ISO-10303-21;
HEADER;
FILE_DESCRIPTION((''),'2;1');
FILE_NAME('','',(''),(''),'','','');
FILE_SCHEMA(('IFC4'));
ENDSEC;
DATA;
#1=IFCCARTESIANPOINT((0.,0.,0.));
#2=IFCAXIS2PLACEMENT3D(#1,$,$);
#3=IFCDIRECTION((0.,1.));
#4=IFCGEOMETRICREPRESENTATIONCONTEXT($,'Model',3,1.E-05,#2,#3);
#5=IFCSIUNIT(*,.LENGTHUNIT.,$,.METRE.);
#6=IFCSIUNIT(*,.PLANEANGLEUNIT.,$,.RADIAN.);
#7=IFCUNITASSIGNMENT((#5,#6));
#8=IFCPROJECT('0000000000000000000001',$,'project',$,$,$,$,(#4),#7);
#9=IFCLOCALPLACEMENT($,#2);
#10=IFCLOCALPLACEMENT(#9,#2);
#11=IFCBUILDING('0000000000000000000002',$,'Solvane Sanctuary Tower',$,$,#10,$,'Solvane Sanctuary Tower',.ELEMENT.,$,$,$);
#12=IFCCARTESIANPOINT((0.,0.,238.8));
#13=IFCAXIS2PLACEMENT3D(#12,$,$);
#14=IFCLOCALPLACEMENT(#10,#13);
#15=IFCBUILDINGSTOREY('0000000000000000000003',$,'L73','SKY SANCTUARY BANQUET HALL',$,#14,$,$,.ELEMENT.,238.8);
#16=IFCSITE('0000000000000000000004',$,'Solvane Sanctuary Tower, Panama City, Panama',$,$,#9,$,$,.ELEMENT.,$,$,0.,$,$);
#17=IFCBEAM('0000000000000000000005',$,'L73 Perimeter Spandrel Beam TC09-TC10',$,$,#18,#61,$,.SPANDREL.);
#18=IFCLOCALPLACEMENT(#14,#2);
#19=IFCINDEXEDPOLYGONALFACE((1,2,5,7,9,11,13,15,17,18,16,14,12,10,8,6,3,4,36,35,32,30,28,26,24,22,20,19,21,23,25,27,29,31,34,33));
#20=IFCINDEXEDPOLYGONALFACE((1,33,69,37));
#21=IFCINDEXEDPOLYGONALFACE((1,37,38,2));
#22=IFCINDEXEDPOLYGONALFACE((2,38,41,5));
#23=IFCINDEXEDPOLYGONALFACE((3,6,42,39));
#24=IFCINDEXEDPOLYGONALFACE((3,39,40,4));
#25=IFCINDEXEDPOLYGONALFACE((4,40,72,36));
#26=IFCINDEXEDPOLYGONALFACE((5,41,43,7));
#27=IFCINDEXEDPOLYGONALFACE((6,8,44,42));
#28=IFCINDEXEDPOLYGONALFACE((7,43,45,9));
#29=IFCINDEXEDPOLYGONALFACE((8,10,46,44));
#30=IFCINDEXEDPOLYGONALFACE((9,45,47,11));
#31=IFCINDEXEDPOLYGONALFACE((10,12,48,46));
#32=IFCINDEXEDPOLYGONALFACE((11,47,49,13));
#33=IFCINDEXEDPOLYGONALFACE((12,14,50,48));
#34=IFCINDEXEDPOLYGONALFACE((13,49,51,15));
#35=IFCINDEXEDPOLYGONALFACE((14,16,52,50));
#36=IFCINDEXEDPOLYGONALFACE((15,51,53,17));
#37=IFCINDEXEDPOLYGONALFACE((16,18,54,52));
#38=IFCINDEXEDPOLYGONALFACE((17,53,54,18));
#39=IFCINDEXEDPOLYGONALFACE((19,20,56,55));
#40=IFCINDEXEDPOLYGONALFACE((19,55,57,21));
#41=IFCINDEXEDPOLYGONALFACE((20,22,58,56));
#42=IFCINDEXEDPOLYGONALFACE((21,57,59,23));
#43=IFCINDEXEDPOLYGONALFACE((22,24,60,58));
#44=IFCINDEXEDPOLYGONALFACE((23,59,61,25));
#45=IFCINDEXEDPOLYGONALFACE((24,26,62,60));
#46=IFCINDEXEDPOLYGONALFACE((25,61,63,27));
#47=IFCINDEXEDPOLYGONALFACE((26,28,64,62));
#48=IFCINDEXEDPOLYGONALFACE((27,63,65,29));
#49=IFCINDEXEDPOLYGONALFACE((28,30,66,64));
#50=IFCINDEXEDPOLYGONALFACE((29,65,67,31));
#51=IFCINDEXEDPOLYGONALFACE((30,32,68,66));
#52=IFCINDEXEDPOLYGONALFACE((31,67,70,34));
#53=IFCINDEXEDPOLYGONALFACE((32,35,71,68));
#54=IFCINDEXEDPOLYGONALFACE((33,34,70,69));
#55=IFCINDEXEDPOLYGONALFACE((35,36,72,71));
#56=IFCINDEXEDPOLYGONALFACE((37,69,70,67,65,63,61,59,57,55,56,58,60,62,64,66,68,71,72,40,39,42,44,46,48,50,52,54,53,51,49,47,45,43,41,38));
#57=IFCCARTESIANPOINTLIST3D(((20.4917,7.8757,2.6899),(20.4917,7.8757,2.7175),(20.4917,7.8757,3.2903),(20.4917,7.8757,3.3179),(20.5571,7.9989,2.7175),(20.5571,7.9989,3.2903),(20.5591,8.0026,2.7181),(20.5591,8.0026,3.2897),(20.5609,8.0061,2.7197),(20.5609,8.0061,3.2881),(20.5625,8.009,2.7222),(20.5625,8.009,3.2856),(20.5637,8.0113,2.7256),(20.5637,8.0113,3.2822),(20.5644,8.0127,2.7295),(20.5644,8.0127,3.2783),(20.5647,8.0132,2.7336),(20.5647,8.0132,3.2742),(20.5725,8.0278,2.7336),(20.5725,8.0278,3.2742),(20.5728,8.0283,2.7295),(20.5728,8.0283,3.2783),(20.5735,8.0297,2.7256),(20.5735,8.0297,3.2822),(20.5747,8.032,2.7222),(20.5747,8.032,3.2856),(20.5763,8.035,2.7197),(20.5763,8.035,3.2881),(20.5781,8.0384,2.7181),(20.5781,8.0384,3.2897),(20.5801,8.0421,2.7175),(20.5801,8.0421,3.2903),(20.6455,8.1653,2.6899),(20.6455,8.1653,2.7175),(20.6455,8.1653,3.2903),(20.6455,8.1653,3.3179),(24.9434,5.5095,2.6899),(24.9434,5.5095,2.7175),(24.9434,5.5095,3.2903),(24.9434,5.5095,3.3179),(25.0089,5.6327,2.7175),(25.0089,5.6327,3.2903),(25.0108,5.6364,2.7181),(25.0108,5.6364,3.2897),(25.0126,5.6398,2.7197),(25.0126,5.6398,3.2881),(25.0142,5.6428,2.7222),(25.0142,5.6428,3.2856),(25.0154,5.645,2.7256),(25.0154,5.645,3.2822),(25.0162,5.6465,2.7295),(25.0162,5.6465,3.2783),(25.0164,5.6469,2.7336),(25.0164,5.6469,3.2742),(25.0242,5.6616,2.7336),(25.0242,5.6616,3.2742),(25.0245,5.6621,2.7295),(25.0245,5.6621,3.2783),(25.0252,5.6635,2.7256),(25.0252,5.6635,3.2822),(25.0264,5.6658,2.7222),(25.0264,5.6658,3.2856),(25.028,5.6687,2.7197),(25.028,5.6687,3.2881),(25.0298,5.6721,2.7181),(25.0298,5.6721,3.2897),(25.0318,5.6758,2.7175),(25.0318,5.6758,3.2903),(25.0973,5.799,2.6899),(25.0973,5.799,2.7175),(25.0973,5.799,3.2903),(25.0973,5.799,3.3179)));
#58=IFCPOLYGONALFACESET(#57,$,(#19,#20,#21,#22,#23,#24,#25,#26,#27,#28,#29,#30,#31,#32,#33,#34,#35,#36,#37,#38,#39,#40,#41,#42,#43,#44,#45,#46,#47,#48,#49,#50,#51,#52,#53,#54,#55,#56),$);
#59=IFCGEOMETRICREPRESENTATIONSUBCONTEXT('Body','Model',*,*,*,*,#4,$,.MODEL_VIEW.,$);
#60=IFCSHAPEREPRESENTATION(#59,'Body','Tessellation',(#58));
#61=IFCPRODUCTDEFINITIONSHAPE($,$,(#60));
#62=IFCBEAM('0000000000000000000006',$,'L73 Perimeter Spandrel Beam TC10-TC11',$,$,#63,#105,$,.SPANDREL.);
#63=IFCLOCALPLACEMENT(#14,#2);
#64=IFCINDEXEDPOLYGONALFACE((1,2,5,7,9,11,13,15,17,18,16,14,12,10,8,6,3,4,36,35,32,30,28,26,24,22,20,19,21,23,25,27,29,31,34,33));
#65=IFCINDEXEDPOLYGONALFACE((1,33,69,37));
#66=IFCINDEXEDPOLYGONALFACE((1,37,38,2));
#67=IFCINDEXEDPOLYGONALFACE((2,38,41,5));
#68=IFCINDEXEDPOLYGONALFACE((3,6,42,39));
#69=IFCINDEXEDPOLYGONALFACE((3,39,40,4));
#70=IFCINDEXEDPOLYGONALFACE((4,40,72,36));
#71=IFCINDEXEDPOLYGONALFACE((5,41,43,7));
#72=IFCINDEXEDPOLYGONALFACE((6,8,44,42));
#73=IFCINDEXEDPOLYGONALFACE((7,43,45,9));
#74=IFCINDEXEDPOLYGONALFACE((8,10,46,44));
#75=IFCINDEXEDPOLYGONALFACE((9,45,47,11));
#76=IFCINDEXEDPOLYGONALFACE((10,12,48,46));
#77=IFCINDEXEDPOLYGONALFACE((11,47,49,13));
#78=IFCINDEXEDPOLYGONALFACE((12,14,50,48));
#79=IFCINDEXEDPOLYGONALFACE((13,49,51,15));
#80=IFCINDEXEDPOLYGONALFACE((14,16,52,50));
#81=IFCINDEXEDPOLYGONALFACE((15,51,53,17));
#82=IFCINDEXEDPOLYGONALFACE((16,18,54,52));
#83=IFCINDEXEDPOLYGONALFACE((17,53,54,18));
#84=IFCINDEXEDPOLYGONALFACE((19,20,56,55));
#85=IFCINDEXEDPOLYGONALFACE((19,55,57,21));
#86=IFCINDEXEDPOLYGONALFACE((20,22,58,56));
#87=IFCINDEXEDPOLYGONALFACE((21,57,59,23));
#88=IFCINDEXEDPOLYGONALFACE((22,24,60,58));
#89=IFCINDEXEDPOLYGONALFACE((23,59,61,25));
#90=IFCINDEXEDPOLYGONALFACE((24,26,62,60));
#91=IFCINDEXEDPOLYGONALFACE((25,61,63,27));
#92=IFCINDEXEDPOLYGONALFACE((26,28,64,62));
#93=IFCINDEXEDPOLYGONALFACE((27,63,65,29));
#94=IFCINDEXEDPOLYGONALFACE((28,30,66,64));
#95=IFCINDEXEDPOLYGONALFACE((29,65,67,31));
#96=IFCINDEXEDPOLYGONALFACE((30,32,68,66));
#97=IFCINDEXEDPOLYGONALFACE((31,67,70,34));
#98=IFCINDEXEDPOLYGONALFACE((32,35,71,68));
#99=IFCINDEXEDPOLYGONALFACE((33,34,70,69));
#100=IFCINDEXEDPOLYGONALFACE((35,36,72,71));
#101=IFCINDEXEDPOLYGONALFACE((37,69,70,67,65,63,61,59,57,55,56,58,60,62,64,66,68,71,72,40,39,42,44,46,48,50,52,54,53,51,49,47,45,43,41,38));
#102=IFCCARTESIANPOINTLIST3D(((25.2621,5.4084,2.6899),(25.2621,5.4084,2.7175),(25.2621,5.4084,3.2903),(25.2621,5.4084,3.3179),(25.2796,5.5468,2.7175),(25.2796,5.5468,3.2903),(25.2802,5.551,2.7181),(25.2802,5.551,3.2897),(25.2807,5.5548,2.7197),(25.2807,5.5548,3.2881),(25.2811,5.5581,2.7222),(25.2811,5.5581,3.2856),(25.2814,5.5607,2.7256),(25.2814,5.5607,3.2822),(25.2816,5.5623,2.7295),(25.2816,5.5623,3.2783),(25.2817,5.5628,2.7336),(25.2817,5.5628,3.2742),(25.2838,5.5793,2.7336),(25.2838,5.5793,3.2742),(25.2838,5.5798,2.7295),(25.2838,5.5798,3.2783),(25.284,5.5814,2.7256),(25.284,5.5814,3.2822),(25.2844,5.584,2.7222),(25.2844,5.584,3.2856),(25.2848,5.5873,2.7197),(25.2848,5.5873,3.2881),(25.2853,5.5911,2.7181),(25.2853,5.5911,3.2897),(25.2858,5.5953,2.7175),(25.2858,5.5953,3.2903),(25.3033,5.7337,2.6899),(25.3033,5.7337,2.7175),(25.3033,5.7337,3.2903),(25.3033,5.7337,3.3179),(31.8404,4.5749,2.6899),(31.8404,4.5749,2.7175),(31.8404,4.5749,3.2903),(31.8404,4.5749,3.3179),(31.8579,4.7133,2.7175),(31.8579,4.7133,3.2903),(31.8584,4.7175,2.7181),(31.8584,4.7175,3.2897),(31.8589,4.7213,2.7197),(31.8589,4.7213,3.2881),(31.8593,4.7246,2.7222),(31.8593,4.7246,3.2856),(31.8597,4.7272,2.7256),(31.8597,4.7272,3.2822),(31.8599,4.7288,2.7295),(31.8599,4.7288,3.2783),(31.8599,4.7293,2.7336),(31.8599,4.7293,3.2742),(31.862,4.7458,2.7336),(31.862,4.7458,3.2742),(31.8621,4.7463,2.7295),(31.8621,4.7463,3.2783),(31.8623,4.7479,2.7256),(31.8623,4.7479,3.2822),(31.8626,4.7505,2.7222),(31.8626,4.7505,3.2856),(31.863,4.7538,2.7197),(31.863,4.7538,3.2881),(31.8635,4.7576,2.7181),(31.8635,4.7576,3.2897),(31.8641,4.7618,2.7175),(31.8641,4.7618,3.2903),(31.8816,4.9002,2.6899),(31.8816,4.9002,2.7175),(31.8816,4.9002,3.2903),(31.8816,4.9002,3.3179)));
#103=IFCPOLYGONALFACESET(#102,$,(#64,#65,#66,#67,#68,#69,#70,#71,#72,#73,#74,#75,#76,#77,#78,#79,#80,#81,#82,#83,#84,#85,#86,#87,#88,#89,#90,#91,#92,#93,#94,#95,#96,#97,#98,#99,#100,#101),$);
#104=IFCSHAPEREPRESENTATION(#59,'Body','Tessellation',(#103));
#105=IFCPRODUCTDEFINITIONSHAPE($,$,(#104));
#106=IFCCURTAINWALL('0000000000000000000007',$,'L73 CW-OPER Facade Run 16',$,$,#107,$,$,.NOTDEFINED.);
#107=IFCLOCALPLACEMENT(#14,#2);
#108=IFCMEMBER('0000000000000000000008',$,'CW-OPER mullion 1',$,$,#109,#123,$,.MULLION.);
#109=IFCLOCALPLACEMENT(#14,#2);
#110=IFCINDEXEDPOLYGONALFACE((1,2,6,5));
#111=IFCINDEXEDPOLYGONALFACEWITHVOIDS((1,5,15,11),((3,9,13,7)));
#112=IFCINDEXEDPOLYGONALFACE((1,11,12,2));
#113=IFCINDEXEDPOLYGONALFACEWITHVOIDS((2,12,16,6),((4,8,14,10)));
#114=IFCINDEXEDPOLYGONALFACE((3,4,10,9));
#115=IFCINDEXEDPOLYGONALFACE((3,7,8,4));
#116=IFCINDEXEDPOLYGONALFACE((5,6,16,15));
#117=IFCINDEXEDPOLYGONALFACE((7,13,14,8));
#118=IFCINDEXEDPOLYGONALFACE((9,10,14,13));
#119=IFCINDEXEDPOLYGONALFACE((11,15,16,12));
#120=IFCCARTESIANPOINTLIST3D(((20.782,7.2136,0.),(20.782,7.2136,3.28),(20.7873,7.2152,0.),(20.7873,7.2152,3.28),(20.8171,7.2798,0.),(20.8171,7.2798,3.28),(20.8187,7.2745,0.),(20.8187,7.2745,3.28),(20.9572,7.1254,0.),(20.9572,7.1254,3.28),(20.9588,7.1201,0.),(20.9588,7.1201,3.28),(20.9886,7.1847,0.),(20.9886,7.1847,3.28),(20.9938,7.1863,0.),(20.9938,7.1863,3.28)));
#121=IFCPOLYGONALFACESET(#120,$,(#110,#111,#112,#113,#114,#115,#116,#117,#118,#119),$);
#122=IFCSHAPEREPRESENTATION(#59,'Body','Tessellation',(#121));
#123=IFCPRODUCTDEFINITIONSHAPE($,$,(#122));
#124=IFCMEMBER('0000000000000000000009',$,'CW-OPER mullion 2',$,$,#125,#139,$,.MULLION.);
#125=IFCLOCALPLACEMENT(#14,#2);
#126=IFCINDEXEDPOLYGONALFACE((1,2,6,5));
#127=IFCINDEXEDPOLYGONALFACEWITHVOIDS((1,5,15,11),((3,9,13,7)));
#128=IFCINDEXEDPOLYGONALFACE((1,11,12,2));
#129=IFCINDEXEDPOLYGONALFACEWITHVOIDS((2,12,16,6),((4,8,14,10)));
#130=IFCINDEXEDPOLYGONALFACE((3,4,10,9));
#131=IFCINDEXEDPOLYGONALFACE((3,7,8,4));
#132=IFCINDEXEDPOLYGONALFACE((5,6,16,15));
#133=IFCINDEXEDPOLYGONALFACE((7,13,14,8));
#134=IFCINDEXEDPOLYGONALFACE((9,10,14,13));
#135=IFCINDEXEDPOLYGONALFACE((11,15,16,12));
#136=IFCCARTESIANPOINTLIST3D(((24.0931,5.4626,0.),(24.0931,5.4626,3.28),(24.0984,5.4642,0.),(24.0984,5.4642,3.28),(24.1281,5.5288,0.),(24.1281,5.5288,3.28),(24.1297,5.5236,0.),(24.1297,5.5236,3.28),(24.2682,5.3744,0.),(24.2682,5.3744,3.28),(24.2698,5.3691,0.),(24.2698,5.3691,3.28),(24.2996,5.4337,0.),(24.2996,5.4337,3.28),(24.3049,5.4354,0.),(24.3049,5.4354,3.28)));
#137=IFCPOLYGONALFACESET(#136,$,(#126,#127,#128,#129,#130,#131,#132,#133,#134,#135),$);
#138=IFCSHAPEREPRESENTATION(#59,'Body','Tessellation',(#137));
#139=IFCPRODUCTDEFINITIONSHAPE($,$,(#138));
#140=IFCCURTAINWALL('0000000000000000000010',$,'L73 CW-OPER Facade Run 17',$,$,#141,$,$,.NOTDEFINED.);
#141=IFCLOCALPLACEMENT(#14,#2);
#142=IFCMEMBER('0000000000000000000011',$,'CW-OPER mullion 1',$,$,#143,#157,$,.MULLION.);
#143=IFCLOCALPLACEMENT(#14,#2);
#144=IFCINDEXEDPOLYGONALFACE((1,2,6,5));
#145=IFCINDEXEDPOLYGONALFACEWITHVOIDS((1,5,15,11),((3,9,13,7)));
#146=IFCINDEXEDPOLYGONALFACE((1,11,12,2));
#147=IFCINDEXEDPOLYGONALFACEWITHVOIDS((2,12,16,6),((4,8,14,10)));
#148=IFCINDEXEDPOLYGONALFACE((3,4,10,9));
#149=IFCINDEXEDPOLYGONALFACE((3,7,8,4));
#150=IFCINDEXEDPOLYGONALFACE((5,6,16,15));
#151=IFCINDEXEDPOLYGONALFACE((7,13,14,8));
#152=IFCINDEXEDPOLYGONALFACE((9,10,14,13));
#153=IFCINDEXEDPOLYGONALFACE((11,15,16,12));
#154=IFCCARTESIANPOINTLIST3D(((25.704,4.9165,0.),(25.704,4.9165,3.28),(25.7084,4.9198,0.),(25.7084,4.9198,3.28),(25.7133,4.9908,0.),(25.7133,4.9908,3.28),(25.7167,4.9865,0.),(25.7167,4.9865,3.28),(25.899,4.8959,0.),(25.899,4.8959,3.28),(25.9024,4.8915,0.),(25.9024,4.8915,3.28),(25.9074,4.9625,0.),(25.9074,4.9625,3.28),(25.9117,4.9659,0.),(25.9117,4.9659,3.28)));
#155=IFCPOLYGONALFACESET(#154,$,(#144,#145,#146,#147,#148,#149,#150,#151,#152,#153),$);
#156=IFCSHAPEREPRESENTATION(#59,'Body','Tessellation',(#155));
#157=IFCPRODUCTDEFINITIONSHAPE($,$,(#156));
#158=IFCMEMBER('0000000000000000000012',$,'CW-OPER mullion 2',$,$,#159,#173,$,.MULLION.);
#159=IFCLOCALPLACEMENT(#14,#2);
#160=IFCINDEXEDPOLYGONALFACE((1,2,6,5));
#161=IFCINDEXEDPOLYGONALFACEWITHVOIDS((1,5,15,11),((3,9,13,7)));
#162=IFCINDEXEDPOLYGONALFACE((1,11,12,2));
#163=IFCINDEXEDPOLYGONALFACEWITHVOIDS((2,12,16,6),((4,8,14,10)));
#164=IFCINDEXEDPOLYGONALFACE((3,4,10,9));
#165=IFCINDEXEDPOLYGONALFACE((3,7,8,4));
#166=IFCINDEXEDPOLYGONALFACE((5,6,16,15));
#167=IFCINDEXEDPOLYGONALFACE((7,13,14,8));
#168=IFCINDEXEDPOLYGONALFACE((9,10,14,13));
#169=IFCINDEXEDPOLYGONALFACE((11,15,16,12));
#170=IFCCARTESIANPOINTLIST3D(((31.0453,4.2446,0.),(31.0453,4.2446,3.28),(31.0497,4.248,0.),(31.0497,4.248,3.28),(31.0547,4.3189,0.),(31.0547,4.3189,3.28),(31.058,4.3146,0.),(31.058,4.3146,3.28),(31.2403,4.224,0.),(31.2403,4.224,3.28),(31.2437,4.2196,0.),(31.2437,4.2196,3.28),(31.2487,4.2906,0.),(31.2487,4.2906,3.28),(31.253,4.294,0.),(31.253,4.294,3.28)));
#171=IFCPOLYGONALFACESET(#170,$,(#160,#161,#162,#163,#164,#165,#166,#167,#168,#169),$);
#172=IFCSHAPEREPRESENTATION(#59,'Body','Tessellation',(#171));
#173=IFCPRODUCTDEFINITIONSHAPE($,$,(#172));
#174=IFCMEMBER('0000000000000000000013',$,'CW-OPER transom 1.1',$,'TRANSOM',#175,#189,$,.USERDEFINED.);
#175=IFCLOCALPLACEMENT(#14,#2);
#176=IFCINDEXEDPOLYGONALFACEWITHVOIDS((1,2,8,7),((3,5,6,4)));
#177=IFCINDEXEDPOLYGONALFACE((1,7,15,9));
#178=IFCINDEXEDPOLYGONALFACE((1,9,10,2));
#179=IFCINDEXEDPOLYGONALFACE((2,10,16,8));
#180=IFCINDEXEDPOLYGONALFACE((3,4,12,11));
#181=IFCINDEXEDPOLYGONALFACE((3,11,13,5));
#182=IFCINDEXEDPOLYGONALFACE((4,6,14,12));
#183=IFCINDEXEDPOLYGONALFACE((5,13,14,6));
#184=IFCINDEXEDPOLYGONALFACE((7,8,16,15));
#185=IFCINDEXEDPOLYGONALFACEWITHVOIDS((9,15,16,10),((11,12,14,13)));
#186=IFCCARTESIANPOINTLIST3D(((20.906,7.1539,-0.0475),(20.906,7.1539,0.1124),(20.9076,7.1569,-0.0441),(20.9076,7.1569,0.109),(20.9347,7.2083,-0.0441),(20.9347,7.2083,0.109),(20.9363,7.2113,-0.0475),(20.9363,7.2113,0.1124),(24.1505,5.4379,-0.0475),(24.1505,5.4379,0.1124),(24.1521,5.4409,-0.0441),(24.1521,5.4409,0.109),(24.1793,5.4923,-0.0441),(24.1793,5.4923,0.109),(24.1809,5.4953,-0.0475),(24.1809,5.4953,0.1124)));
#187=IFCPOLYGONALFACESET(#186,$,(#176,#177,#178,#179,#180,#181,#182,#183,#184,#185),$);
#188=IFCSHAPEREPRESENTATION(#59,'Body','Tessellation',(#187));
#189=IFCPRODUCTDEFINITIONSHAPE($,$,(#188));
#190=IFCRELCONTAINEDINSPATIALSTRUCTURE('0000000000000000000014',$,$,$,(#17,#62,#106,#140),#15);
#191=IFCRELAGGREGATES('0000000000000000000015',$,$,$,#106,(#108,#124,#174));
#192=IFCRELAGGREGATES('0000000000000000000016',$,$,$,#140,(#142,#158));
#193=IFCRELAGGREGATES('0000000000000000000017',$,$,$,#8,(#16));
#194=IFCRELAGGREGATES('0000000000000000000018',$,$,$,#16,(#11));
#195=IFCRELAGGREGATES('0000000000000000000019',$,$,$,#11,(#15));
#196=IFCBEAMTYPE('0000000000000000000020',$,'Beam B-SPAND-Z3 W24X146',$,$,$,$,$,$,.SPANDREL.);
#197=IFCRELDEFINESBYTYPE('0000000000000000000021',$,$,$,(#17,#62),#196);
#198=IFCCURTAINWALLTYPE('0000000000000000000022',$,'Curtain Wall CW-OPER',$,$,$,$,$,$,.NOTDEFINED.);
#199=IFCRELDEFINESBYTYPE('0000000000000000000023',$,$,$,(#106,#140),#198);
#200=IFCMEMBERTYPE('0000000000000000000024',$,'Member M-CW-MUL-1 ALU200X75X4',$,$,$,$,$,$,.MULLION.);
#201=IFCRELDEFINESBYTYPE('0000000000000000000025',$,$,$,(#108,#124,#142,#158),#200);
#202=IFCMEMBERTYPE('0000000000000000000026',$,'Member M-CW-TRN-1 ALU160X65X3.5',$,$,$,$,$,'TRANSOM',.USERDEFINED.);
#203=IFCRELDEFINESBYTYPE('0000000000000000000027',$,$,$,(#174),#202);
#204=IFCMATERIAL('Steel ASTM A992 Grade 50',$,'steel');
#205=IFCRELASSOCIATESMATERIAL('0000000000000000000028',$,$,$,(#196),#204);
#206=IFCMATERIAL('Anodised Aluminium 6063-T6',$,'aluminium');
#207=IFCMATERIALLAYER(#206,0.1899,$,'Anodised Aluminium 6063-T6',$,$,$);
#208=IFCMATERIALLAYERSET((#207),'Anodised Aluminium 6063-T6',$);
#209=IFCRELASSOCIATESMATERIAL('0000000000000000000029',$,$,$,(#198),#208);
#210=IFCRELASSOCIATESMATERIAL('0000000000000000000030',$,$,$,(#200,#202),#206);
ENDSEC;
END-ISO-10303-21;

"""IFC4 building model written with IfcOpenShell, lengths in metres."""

from ifc_helpers import new_model, si_unit, direction, frame, origin, origin_2d, place, context, subcontext, project, spatial, hollow_rectangle, i_section, extrude, material, layer, layer_set, material_profile, profile_set, type_object, element, aggregate, save


model = new_model("IFC4")

# Units and contexts
model_context = context("Model", 3, precision=1e-05, world=origin(), true_north=direction((0.0, 1.0)))
body_context = subcontext(model_context, "Body", "Model", "MODEL_VIEW")
ifc_project = project(units=[si_unit("LENGTHUNIT", "METRE"), si_unit("PLANEANGLEUNIT", "RADIAN")], contexts=[model_context])

# Site, building, storey
site_placement = place(None, origin())
site = spatial("IfcSite", under=ifc_project, at=site_placement, Name="Solvane Sanctuary Tower, Panama City, Panama", CompositionType="ELEMENT", RefElevation=0.0)
building_placement = place(site_placement, origin())
building = spatial("IfcBuilding", under=site, at=building_placement, Name="Solvane Sanctuary Tower", LongName="Solvane Sanctuary Tower", CompositionType="ELEMENT")
storey_placement = place(building_placement, frame((0.0, 0.0, 238.8)))
storey = spatial("IfcBuildingStorey", under=building, at=storey_placement, Name="L73", Description="SKY SANCTUARY BANQUET HALL", CompositionType="ELEMENT", Elevation=238.8)

# Beams
ifc_material_1 = material(Name="Steel ASTM A992 Grade 50", Category="steel")
ifc_material_profile_1 = material_profile(ifc_material_1, i_section(OverallWidth=0.3279, OverallDepth=0.6279, WebThickness=0.0166, FlangeThickness=0.0276, FilletRadius=0.0161, at=origin_2d()), Name="W24X146")
ifc_profile_set_1 = profile_set([ifc_material_profile_1], Name="Steel ASTM A992 Grade 50")
beam_type_1 = type_object("IfcBeamType", Name="Beam B-SPAND-Z3 W24X146", PredefinedType="SPANDREL", material=ifc_profile_set_1)
beam_1_placement = place(storey_placement, frame((20.5686, 8.0205, 3.0039), z_axis=(0.883012, -0.469351, 0.0), x_axis=(0.469351, 0.883012, 0.0)))
element("IfcBeam", 1, at=beam_1_placement, inside=storey, type_object=beam_type_1, Name="L73 Perimeter Spandrel Beam TC09-TC10", PredefinedType="SPANDREL", context=body_context, shape_type="SweptSolid", body=[
    extrude(i_section(OverallWidth=0.3279, OverallDepth=0.6279, WebThickness=0.0166, FlangeThickness=0.0276, FilletRadius=0.0161, at=origin_2d()), origin(), (0.0, 0.0, 1.0), 5.0415),
])
beam_2_placement = place(storey_placement, frame((25.2827, 5.571, 3.0039), z_axis=(0.992069, -0.125698, 0.0), x_axis=(0.125698, 0.992069, 0.0)))
element("IfcBeam", 2, at=beam_2_placement, inside=storey, type_object=beam_type_1, Name="L73 Perimeter Spandrel Beam TC10-TC11", PredefinedType="SPANDREL", context=body_context, shape_type="SweptSolid", body=[
    extrude(i_section(OverallWidth=0.3279, OverallDepth=0.6279, WebThickness=0.0166, FlangeThickness=0.0276, FilletRadius=0.0161, at=origin_2d()), origin(), (0.0, 0.0, 1.0), 6.6309),
])

# Curtain walls, members
ifc_material_2 = material(Name="Anodised Aluminium 6063-T6", Category="aluminium")
ifc_layer_1 = layer(ifc_material_2, 0.1899, Name="Anodised Aluminium 6063-T6")
ifc_layer_set_1 = layer_set([ifc_layer_1], Name="Anodised Aluminium 6063-T6")
curtain_wall_type = type_object("IfcCurtainWallType", Name="Curtain Wall CW-OPER", PredefinedType="NOTDEFINED", material=ifc_layer_set_1)
curtain_wall_1_placement = place(storey_placement, origin())
curtain_wall_1 = element("IfcCurtainWall", 3, at=curtain_wall_1_placement, inside=storey, type_object=curtain_wall_type, Name="L73 CW-OPER Facade Run 16", PredefinedType="NOTDEFINED")
ifc_material_profile_2 = material_profile(ifc_material_2, hollow_rectangle(XDim=0.075, YDim=0.2, WallThickness=0.0039, at=origin_2d()), Name="ALU200X75X4")
ifc_profile_set_2 = profile_set([ifc_material_profile_2], Name="Anodised Aluminium 6063-T6")
member_type_1 = type_object("IfcMemberType", Name="Member M-CW-MUL-1 ALU200X75X4", PredefinedType="MULLION", material=ifc_profile_set_2)
member_1_placement = place(storey_placement, frame((20.8879, 7.2, 0.0), z_axis=(0.0, 0.0, 1.0), x_axis=(0.467523, 0.883981, 0.0)))
member_1 = element("IfcMember", 4, at=member_1_placement, type_object=member_type_1, Name="CW-OPER mullion 1", PredefinedType="MULLION", context=body_context, shape_type="SweptSolid", body=[
    extrude(hollow_rectangle(XDim=0.075, YDim=0.2, WallThickness=0.0039, at=origin_2d()), origin(), (0.0, 0.0, 1.0), 3.28),
])
member_2_placement = place(storey_placement, frame((24.199, 5.449, 0.0), z_axis=(0.0, 0.0, 1.0), x_axis=(0.467523, 0.883981, 0.0)))
member_2 = element("IfcMember", 5, at=member_2_placement, type_object=member_type_1, Name="CW-OPER mullion 2", PredefinedType="MULLION", context=body_context, shape_type="SweptSolid", body=[
    extrude(hollow_rectangle(XDim=0.075, YDim=0.2, WallThickness=0.0039, at=origin_2d()), origin(), (0.0, 0.0, 1.0), 3.28),
])
curtain_wall_2_placement = place(storey_placement, origin())
curtain_wall_2 = element("IfcCurtainWall", 6, at=curtain_wall_2_placement, inside=storey, type_object=curtain_wall_type, Name="L73 CW-OPER Facade Run 17", PredefinedType="NOTDEFINED")
member_3_placement = place(storey_placement, frame((25.8079, 4.9412, 0.0), z_axis=(0.0, 0.0, 1.0), x_axis=(0.124815, 0.99218, 0.0)))
member_3 = element("IfcMember", 7, at=member_3_placement, type_object=member_type_1, Name="CW-OPER mullion 1", PredefinedType="MULLION", context=body_context, shape_type="SweptSolid", body=[
    extrude(hollow_rectangle(XDim=0.075, YDim=0.2, WallThickness=0.0039, at=origin_2d()), origin(), (0.0, 0.0, 1.0), 3.28),
])
member_4_placement = place(storey_placement, frame((31.1492, 4.2693, 0.0), z_axis=(0.0, 0.0, 1.0), x_axis=(0.124815, 0.99218, 0.0)))
member_4 = element("IfcMember", 8, at=member_4_placement, type_object=member_type_1, Name="CW-OPER mullion 2", PredefinedType="MULLION", context=body_context, shape_type="SweptSolid", body=[
    extrude(hollow_rectangle(XDim=0.075, YDim=0.2, WallThickness=0.0039, at=origin_2d()), origin(), (0.0, 0.0, 1.0), 3.28),
])

# Member
ifc_material_profile_3 = material_profile(ifc_material_2, hollow_rectangle(XDim=0.0649, YDim=0.1599, WallThickness=0.0034, at=origin_2d()), Name="ALU160X65X3.5")
ifc_profile_set_3 = profile_set([ifc_material_profile_3], Name="Anodised Aluminium 6063-T6")
member_type_2 = type_object("IfcMemberType", Name="Member M-CW-TRN-1 ALU160X65X3.5", ElementType="TRANSOM", PredefinedType="USERDEFINED", material=ifc_profile_set_3)
member_5_placement = place(storey_placement, frame((20.9211, 7.1826, 0.0325), z_axis=(0.883977, -0.46753, 0.0), x_axis=(0.46753, 0.883977, 0.0)))
member_5 = element("IfcMember", 9, at=member_5_placement, type_object=member_type_2, Name="CW-OPER transom 1.1", ObjectType="TRANSOM", PredefinedType="USERDEFINED", context=body_context, shape_type="SweptSolid", body=[
    extrude(hollow_rectangle(XDim=0.0649, YDim=0.1599, WallThickness=0.0034, at=origin_2d()), origin(), (0.0, 0.0, 1.0), 3.6704),
])

aggregate(curtain_wall_1, [member_1, member_2, member_5])
aggregate(curtain_wall_2, [member_3, member_4])

save(model, "model.ifc")
